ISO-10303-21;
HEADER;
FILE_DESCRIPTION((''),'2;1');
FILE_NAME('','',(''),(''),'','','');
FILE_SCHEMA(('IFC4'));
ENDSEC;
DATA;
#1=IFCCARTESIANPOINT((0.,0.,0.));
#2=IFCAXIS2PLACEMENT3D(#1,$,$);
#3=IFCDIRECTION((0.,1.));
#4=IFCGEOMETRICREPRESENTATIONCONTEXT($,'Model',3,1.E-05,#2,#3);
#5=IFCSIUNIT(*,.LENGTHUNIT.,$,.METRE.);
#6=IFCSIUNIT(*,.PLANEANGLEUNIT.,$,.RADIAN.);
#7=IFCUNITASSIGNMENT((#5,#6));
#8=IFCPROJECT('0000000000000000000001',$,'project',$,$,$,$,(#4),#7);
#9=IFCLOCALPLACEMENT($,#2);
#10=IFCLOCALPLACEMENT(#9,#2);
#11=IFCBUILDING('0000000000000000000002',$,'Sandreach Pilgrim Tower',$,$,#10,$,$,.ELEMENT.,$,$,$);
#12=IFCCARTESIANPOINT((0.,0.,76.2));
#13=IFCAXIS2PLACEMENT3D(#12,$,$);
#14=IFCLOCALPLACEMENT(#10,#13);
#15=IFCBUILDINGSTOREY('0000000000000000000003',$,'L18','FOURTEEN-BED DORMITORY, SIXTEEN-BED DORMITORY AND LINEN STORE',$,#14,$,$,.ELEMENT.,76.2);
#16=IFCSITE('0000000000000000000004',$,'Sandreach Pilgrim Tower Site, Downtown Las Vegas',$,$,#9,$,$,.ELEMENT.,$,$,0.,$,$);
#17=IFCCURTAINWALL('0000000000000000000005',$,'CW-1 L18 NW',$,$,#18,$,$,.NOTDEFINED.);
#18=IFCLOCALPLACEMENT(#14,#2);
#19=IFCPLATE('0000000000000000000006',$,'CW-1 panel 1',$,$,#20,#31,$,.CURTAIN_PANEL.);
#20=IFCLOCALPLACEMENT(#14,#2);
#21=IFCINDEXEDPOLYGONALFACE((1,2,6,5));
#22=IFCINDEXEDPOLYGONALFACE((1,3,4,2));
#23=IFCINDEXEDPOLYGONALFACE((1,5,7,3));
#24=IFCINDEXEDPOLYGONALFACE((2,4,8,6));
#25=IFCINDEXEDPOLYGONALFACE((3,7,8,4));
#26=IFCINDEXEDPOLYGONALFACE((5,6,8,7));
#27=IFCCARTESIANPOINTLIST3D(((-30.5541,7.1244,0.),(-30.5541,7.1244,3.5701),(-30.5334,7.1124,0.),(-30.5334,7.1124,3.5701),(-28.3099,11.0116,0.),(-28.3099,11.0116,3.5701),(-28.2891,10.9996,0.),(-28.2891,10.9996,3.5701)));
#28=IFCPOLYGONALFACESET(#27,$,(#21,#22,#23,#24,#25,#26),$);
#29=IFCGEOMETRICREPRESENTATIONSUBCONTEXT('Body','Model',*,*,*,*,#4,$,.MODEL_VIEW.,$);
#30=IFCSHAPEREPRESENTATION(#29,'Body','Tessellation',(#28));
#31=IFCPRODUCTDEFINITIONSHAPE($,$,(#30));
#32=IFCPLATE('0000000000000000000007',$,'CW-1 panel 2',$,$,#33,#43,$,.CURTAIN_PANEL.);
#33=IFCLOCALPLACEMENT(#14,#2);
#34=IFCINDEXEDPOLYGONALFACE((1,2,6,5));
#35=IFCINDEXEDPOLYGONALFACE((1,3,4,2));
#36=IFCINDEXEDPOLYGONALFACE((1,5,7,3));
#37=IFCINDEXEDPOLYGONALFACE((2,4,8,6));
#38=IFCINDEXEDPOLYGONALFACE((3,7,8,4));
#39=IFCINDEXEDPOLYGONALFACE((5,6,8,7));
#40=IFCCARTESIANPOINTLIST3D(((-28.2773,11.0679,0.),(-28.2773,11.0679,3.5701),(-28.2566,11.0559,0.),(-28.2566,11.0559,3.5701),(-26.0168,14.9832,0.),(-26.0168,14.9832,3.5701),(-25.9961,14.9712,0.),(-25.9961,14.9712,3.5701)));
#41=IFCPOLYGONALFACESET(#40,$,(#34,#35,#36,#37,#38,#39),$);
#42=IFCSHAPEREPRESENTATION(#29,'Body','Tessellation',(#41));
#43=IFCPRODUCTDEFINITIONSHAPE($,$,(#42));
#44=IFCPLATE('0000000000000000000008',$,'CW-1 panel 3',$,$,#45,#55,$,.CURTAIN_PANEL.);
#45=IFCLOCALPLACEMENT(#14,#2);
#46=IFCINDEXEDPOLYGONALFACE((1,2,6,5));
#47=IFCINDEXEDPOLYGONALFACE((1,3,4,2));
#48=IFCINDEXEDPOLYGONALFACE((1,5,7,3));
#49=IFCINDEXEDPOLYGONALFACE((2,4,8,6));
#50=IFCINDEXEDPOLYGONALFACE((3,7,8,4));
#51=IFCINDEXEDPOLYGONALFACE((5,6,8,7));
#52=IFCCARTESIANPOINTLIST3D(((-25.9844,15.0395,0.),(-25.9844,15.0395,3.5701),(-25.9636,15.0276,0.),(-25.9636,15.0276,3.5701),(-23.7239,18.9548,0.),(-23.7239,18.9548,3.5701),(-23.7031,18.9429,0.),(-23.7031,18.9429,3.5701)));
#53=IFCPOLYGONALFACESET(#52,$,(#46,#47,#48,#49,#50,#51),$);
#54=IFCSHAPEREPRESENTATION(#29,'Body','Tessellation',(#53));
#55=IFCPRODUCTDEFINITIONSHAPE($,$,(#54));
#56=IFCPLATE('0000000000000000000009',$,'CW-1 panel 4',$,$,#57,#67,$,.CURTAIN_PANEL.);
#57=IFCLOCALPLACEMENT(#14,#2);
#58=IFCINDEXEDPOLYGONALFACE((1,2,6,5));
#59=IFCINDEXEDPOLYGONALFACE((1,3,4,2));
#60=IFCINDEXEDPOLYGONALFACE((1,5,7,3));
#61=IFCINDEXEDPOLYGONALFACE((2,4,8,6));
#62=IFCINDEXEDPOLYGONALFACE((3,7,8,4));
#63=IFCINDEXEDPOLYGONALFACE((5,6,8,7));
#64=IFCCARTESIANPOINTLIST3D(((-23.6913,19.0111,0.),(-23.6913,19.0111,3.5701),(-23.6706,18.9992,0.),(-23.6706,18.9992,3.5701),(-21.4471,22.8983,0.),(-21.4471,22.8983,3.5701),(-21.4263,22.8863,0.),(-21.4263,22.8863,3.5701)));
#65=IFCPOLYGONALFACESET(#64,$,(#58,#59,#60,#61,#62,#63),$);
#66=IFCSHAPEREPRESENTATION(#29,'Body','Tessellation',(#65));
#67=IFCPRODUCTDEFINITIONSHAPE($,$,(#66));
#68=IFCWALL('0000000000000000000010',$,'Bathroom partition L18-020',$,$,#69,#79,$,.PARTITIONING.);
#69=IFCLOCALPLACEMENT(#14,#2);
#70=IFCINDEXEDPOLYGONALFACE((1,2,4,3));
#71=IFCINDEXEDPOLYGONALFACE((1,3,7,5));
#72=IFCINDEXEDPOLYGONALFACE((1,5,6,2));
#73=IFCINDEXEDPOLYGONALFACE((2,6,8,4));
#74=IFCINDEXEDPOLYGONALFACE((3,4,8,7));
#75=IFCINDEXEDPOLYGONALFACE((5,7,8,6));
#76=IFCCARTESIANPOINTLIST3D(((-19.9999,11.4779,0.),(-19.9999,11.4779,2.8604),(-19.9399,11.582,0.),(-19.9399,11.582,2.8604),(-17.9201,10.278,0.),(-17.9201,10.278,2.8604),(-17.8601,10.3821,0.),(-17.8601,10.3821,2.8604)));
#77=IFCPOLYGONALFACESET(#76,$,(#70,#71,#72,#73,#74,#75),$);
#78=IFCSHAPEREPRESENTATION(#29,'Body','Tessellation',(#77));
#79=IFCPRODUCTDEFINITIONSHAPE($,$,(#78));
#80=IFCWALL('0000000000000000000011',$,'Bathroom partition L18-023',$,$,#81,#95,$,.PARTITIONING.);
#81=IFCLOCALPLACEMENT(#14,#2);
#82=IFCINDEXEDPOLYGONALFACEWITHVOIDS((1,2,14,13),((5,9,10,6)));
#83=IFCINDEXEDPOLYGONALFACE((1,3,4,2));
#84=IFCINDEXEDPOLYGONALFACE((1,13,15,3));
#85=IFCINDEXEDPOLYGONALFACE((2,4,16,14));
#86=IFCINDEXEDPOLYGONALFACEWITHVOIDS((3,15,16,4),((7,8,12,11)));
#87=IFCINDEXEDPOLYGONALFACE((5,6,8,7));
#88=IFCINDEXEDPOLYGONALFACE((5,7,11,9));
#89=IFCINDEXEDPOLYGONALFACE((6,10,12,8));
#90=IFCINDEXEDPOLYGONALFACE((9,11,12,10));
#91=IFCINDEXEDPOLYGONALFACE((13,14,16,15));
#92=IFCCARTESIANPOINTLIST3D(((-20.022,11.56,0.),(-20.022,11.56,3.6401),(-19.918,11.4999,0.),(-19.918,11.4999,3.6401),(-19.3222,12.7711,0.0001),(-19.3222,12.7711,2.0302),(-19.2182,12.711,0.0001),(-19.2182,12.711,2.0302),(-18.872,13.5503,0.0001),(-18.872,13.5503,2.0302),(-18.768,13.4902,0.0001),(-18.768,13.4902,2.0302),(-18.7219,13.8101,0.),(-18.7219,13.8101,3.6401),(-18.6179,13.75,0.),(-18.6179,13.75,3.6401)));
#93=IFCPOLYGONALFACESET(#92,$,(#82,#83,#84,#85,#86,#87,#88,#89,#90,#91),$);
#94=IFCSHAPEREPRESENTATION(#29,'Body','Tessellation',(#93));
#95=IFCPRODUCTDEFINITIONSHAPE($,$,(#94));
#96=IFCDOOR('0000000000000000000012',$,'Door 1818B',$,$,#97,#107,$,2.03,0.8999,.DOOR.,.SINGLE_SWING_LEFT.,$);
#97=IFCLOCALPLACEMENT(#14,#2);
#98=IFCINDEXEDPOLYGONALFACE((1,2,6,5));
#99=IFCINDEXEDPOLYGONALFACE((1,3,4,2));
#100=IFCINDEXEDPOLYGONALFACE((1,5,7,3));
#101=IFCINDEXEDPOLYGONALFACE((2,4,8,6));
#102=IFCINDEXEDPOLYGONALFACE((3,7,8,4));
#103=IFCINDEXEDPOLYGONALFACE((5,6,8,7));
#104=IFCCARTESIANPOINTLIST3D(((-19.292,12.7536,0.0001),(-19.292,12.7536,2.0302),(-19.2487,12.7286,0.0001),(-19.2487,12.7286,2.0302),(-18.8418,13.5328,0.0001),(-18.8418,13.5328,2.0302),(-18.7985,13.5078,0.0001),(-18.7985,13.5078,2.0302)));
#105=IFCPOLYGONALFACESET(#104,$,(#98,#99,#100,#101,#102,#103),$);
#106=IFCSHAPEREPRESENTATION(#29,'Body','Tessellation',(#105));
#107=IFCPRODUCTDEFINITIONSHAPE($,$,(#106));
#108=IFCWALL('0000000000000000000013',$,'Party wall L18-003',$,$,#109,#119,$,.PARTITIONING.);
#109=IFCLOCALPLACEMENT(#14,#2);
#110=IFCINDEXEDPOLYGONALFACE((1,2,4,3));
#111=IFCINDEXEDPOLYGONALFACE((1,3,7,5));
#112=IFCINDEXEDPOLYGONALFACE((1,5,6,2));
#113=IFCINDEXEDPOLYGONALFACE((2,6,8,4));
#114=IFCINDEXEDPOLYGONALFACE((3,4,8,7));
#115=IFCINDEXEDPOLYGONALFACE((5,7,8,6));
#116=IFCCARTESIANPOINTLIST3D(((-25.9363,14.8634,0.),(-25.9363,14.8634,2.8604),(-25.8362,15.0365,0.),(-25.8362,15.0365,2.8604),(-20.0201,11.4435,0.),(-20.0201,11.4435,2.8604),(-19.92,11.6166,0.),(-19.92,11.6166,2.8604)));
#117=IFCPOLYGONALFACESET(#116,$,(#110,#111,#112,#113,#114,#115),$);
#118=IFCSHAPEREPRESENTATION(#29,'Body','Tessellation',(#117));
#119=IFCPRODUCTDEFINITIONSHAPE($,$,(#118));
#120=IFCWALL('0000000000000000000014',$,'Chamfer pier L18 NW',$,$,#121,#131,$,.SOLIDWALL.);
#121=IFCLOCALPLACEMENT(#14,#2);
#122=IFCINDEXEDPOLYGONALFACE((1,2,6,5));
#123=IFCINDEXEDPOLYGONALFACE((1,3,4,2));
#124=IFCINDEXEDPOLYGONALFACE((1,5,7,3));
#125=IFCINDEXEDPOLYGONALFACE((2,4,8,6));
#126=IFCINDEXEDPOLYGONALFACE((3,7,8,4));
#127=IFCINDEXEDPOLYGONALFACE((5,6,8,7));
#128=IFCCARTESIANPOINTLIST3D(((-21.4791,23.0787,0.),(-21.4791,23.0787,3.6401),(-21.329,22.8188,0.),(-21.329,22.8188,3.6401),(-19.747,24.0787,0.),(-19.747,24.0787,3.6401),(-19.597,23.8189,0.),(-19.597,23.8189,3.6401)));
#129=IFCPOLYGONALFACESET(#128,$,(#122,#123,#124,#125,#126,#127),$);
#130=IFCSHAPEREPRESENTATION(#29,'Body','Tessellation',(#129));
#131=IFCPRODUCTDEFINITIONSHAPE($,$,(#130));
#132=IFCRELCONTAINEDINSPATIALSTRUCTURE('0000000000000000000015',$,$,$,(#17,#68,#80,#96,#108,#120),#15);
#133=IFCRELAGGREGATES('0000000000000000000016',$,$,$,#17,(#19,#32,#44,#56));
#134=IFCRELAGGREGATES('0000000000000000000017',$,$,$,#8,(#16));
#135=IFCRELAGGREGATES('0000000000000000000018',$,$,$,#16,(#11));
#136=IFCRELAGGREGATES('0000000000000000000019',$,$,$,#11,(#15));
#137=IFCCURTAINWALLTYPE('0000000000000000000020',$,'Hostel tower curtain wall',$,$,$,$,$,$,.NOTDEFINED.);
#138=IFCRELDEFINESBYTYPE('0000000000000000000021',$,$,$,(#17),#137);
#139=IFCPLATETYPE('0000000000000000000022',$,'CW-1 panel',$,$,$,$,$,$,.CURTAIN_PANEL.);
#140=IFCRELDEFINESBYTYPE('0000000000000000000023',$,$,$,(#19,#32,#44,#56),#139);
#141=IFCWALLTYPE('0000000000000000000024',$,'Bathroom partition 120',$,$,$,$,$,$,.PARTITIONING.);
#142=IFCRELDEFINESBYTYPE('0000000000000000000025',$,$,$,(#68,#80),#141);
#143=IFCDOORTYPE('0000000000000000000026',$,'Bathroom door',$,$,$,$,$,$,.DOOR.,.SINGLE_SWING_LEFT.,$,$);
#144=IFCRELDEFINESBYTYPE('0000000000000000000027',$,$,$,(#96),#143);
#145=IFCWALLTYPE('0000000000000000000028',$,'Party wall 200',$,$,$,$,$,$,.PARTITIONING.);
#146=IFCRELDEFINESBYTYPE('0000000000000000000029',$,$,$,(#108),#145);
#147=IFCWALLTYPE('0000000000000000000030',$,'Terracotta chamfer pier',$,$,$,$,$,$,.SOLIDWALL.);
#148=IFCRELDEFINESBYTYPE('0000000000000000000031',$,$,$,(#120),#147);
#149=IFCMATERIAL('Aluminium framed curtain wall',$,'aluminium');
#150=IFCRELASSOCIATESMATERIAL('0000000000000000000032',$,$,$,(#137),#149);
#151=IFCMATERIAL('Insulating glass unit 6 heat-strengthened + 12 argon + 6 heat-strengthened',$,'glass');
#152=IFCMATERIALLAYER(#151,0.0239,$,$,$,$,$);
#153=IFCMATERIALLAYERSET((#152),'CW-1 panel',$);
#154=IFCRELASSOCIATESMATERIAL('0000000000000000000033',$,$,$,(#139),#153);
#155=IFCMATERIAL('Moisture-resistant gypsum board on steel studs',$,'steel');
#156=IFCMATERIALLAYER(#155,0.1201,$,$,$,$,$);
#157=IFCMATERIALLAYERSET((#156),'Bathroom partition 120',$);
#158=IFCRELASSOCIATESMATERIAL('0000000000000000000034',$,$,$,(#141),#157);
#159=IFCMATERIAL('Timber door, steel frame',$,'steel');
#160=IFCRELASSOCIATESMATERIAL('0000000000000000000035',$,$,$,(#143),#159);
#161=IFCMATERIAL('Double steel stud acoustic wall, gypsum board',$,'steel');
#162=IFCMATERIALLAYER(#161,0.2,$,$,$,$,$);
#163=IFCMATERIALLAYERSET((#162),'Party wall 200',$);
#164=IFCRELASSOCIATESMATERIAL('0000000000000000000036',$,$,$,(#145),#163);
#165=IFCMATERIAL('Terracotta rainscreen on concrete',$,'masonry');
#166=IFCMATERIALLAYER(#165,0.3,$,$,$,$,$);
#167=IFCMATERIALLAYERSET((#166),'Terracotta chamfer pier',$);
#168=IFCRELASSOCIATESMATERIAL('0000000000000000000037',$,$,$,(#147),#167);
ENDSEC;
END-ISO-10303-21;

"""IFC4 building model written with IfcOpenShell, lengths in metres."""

from ifc_helpers import new_model, si_unit, direction, frame, frame_2d, origin, origin_2d, place, context, subcontext, project, spatial, rectangle, extrude, material, layer, layer_set, type_object, element, fill, aggregate, save


model = new_model("IFC4")

# Units and contexts
model_context = context("Model", 3, precision=1e-05, world=origin(), true_north=direction((0.0, 1.0)))
body_context = subcontext(model_context, "Body", "Model", "MODEL_VIEW")
ifc_project = project(units=[si_unit("LENGTHUNIT", "METRE"), si_unit("PLANEANGLEUNIT", "RADIAN")], contexts=[model_context])

# Site, building, storey
site_placement = place(None, origin())
site = spatial("IfcSite", under=ifc_project, at=site_placement, Name="Sandreach Pilgrim Tower Site, Downtown Las Vegas", CompositionType="ELEMENT", RefElevation=0.0)
building_placement = place(site_placement, origin())
building = spatial("IfcBuilding", under=site, at=building_placement, Name="Sandreach Pilgrim Tower", CompositionType="ELEMENT")
storey_placement = place(building_placement, frame((0.0, 0.0, 76.2)))
storey = spatial("IfcBuildingStorey", under=building, at=storey_placement, Name="L18", Description="FOURTEEN-BED DORMITORY, SIXTEEN-BED DORMITORY AND LINEN STORE", CompositionType="ELEMENT", Elevation=76.2)

# Shared definitions
ifc_material_1 = material(Name="Aluminium framed curtain wall", Category="aluminium")
curtain_wall_type = type_object("IfcCurtainWallType", Name="Hostel tower curtain wall", PredefinedType="NOTDEFINED", material=ifc_material_1)

# Curtain wall
curtain_wall_1_placement = place(storey_placement, origin())
curtain_wall_1 = element("IfcCurtainWall", 1, at=curtain_wall_1_placement, inside=storey, type_object=curtain_wall_type, Name="CW-1 L18 NW", PredefinedType="NOTDEFINED")

# Plates
ifc_material_2 = material(Name="Insulating glass unit 6 heat-strengthened + 12 argon + 6 heat-strengthened", Category="glass")
ifc_layer_1 = layer(ifc_material_2, 0.0239)
ifc_layer_set_1 = layer_set([ifc_layer_1], Name="CW-1 panel")
plate_type = type_object("IfcPlateType", Name="CW-1 panel", PredefinedType="CURTAIN_PANEL", material=ifc_layer_set_1)
plate_1_placement = place(storey_placement, frame((-29.4216, 9.062, 0.0), z_axis=(0.0, 0.0, 1.0), x_axis=(0.5, 0.866025, 0.0)))
plate_1 = element("IfcPlate", 2, at=plate_1_placement, type_object=plate_type, Name="CW-1 panel 1", PredefinedType="CURTAIN_PANEL", context=body_context, shape_type="SweptSolid", body=[
    extrude(rectangle(XDim=4.4885, YDim=0.0239, at=origin_2d()), origin(), (0.0, 0.0, 1.0), 3.5701),
])
plate_2_placement = place(storey_placement, frame((-27.1367, 13.0195, 0.0), z_axis=(0.0, 0.0, 1.0), x_axis=(0.5, 0.866025, 0.0)))
plate_2 = element("IfcPlate", 3, at=plate_2_placement, type_object=plate_type, Name="CW-1 panel 2", PredefinedType="CURTAIN_PANEL", context=body_context, shape_type="SweptSolid", body=[
    extrude(rectangle(XDim=4.521, YDim=0.0239, at=origin_2d()), origin(), (0.0, 0.0, 1.0), 3.5701),
])
plate_3_placement = place(storey_placement, frame((-24.8438, 16.9912, 0.0), z_axis=(0.0, 0.0, 1.0), x_axis=(0.5, 0.866025, 0.0)))
plate_3 = element("IfcPlate", 4, at=plate_3_placement, type_object=plate_type, Name="CW-1 panel 3", PredefinedType="CURTAIN_PANEL", context=body_context, shape_type="SweptSolid", body=[
    extrude(rectangle(XDim=4.521, YDim=0.0239, at=origin_2d()), origin(), (0.0, 0.0, 1.0), 3.5701),
])
plate_4_placement = place(storey_placement, frame((-22.5588, 20.9487, 0.0), z_axis=(0.0, 0.0, 1.0), x_axis=(0.5, 0.866025, 0.0)))
plate_4 = element("IfcPlate", 5, at=plate_4_placement, type_object=plate_type, Name="CW-1 panel 4", PredefinedType="CURTAIN_PANEL", context=body_context, shape_type="SweptSolid", body=[
    extrude(rectangle(XDim=4.4885, YDim=0.0239, at=origin_2d()), origin(), (0.0, 0.0, 1.0), 3.5701),
])
aggregate(curtain_wall_1, [plate_1, plate_2, plate_3, plate_4])

# Wall
ifc_material_3 = material(Name="Moisture-resistant gypsum board on steel studs", Category="steel")
ifc_layer_2 = layer(ifc_material_3, 0.1201)
ifc_layer_set_2 = layer_set([ifc_layer_2], Name="Bathroom partition 120")
wall_type_1 = type_object("IfcWallType", Name="Bathroom partition 120", PredefinedType="PARTITIONING", material=ifc_layer_set_2)
wall_1_placement = place(storey_placement, frame((-19.97, 11.53, 0.0), z_axis=(0.0, 0.0, 1.0), x_axis=(0.866177, -0.499737, 0.0)))
element("IfcWall", 6, at=wall_1_placement, inside=storey, type_object=wall_type_1, Name="Bathroom partition L18-020", PredefinedType="PARTITIONING", context=body_context, shape_type="SweptSolid", body=[
    extrude(rectangle(XDim=2.4011, YDim=0.1201, at=frame_2d((1.2007, 0.0))), origin(), (0.0, 0.0, 1.0), 2.8604),
])

# Wall, opening, door
wall_2_placement = place(storey_placement, frame((-18.6699, 13.78, 0.0), z_axis=(0.0, 0.0, 1.0), x_axis=(-0.500292, -0.865857, 0.0)))
wall_2 = element("IfcWall", 7, at=wall_2_placement, inside=storey, type_object=wall_type_1, Name="Bathroom partition L18-023", PredefinedType="PARTITIONING", context=body_context, shape_type="SweptSolid", body=[
    extrude(rectangle(XDim=2.5986, YDim=0.1201, at=frame_2d((1.2993, 0.0))), origin(), (0.0, 0.0, 1.0), 3.6401),
])
opening_placement = place(wall_2_placement, frame((0.3, 0.0, 0.0)))
opening = element("IfcOpeningElement", 8, at=opening_placement, cuts=wall_2, PredefinedType="OPENING", context=body_context, shape_type="SweptSolid", body=[
    extrude(rectangle(XDim=0.8999, YDim=2.03, at=frame_2d((0.45, 1.0151))), frame((0.0, 0.0601, 0.0), z_axis=(0.0, -1.0, 0.0), x_axis=(1.0, 0.0, 0.0)), (0.0, 0.0, 1.0), 0.1201),
])
ifc_material_4 = material(Name="Timber door, steel frame", Category="steel")
door_type = type_object("IfcDoorType", Name="Bathroom door", OperationType="SINGLE_SWING_LEFT", PredefinedType="DOOR", material=ifc_material_4)
door_placement = place(opening_placement, origin())
door = element("IfcDoor", 9, at=door_placement, inside=storey, type_object=door_type, Name="Door 1818B", OperationType="SINGLE_SWING_LEFT", OverallHeight=2.03, OverallWidth=0.8999, PredefinedType="DOOR", context=body_context, shape_type="SweptSolid", body=[
    extrude(rectangle(XDim=0.8999, YDim=2.03, at=frame_2d((0.45, 1.0151))), frame((0.0, 0.0249, 0.0), z_axis=(0.0, -1.0, 0.0), x_axis=(1.0, 0.0, 0.0)), (0.0, 0.0, 1.0), 0.05),
])
fill(opening, door)

# Walls
ifc_material_5 = material(Name="Double steel stud acoustic wall, gypsum board", Category="steel")
ifc_layer_3 = layer(ifc_material_5, 0.2)
ifc_layer_set_3 = layer_set([ifc_layer_3], Name="Party wall 200")
wall_type_2 = type_object("IfcWallType", Name="Party wall 200", PredefinedType="PARTITIONING", material=ifc_layer_set_3)
wall_3_placement = place(storey_placement, frame((-25.8862, 14.95, 0.0), z_axis=(0.0, 0.0, 1.0), x_axis=(0.865761, -0.500457, 0.0)))
element("IfcWall", 10, at=wall_3_placement, inside=storey, type_object=wall_type_2, Name="Party wall L18-003", PredefinedType="PARTITIONING", context=body_context, shape_type="SweptSolid", body=[
    extrude(rectangle(XDim=6.8335, YDim=0.2, at=frame_2d((3.4167, 0.0))), origin(), (0.0, 0.0, 1.0), 2.8604),
])
ifc_material_6 = material(Name="Terracotta rainscreen on concrete", Category="masonry")
ifc_layer_4 = layer(ifc_material_6, 0.3)
ifc_layer_set_4 = layer_set([ifc_layer_4], Name="Terracotta chamfer pier")
wall_type_3 = type_object("IfcWallType", Name="Terracotta chamfer pier", PredefinedType="SOLIDWALL", material=ifc_layer_set_4)
wall_4_placement = place(storey_placement, frame((-21.4041, 22.9487, 0.0), z_axis=(0.0, 0.0, 1.0), x_axis=(0.866011, 0.500025, 0.0)))
element("IfcWall", 11, at=wall_4_placement, inside=storey, type_object=wall_type_3, Name="Chamfer pier L18 NW", PredefinedType="SOLIDWALL", context=body_context, shape_type="SweptSolid", body=[
    extrude(rectangle(XDim=2.0, YDim=0.3, at=frame_2d((1.0, 0.0))), origin(), (0.0, 0.0, 1.0), 3.6401),
])

save(model, "model.ifc")
